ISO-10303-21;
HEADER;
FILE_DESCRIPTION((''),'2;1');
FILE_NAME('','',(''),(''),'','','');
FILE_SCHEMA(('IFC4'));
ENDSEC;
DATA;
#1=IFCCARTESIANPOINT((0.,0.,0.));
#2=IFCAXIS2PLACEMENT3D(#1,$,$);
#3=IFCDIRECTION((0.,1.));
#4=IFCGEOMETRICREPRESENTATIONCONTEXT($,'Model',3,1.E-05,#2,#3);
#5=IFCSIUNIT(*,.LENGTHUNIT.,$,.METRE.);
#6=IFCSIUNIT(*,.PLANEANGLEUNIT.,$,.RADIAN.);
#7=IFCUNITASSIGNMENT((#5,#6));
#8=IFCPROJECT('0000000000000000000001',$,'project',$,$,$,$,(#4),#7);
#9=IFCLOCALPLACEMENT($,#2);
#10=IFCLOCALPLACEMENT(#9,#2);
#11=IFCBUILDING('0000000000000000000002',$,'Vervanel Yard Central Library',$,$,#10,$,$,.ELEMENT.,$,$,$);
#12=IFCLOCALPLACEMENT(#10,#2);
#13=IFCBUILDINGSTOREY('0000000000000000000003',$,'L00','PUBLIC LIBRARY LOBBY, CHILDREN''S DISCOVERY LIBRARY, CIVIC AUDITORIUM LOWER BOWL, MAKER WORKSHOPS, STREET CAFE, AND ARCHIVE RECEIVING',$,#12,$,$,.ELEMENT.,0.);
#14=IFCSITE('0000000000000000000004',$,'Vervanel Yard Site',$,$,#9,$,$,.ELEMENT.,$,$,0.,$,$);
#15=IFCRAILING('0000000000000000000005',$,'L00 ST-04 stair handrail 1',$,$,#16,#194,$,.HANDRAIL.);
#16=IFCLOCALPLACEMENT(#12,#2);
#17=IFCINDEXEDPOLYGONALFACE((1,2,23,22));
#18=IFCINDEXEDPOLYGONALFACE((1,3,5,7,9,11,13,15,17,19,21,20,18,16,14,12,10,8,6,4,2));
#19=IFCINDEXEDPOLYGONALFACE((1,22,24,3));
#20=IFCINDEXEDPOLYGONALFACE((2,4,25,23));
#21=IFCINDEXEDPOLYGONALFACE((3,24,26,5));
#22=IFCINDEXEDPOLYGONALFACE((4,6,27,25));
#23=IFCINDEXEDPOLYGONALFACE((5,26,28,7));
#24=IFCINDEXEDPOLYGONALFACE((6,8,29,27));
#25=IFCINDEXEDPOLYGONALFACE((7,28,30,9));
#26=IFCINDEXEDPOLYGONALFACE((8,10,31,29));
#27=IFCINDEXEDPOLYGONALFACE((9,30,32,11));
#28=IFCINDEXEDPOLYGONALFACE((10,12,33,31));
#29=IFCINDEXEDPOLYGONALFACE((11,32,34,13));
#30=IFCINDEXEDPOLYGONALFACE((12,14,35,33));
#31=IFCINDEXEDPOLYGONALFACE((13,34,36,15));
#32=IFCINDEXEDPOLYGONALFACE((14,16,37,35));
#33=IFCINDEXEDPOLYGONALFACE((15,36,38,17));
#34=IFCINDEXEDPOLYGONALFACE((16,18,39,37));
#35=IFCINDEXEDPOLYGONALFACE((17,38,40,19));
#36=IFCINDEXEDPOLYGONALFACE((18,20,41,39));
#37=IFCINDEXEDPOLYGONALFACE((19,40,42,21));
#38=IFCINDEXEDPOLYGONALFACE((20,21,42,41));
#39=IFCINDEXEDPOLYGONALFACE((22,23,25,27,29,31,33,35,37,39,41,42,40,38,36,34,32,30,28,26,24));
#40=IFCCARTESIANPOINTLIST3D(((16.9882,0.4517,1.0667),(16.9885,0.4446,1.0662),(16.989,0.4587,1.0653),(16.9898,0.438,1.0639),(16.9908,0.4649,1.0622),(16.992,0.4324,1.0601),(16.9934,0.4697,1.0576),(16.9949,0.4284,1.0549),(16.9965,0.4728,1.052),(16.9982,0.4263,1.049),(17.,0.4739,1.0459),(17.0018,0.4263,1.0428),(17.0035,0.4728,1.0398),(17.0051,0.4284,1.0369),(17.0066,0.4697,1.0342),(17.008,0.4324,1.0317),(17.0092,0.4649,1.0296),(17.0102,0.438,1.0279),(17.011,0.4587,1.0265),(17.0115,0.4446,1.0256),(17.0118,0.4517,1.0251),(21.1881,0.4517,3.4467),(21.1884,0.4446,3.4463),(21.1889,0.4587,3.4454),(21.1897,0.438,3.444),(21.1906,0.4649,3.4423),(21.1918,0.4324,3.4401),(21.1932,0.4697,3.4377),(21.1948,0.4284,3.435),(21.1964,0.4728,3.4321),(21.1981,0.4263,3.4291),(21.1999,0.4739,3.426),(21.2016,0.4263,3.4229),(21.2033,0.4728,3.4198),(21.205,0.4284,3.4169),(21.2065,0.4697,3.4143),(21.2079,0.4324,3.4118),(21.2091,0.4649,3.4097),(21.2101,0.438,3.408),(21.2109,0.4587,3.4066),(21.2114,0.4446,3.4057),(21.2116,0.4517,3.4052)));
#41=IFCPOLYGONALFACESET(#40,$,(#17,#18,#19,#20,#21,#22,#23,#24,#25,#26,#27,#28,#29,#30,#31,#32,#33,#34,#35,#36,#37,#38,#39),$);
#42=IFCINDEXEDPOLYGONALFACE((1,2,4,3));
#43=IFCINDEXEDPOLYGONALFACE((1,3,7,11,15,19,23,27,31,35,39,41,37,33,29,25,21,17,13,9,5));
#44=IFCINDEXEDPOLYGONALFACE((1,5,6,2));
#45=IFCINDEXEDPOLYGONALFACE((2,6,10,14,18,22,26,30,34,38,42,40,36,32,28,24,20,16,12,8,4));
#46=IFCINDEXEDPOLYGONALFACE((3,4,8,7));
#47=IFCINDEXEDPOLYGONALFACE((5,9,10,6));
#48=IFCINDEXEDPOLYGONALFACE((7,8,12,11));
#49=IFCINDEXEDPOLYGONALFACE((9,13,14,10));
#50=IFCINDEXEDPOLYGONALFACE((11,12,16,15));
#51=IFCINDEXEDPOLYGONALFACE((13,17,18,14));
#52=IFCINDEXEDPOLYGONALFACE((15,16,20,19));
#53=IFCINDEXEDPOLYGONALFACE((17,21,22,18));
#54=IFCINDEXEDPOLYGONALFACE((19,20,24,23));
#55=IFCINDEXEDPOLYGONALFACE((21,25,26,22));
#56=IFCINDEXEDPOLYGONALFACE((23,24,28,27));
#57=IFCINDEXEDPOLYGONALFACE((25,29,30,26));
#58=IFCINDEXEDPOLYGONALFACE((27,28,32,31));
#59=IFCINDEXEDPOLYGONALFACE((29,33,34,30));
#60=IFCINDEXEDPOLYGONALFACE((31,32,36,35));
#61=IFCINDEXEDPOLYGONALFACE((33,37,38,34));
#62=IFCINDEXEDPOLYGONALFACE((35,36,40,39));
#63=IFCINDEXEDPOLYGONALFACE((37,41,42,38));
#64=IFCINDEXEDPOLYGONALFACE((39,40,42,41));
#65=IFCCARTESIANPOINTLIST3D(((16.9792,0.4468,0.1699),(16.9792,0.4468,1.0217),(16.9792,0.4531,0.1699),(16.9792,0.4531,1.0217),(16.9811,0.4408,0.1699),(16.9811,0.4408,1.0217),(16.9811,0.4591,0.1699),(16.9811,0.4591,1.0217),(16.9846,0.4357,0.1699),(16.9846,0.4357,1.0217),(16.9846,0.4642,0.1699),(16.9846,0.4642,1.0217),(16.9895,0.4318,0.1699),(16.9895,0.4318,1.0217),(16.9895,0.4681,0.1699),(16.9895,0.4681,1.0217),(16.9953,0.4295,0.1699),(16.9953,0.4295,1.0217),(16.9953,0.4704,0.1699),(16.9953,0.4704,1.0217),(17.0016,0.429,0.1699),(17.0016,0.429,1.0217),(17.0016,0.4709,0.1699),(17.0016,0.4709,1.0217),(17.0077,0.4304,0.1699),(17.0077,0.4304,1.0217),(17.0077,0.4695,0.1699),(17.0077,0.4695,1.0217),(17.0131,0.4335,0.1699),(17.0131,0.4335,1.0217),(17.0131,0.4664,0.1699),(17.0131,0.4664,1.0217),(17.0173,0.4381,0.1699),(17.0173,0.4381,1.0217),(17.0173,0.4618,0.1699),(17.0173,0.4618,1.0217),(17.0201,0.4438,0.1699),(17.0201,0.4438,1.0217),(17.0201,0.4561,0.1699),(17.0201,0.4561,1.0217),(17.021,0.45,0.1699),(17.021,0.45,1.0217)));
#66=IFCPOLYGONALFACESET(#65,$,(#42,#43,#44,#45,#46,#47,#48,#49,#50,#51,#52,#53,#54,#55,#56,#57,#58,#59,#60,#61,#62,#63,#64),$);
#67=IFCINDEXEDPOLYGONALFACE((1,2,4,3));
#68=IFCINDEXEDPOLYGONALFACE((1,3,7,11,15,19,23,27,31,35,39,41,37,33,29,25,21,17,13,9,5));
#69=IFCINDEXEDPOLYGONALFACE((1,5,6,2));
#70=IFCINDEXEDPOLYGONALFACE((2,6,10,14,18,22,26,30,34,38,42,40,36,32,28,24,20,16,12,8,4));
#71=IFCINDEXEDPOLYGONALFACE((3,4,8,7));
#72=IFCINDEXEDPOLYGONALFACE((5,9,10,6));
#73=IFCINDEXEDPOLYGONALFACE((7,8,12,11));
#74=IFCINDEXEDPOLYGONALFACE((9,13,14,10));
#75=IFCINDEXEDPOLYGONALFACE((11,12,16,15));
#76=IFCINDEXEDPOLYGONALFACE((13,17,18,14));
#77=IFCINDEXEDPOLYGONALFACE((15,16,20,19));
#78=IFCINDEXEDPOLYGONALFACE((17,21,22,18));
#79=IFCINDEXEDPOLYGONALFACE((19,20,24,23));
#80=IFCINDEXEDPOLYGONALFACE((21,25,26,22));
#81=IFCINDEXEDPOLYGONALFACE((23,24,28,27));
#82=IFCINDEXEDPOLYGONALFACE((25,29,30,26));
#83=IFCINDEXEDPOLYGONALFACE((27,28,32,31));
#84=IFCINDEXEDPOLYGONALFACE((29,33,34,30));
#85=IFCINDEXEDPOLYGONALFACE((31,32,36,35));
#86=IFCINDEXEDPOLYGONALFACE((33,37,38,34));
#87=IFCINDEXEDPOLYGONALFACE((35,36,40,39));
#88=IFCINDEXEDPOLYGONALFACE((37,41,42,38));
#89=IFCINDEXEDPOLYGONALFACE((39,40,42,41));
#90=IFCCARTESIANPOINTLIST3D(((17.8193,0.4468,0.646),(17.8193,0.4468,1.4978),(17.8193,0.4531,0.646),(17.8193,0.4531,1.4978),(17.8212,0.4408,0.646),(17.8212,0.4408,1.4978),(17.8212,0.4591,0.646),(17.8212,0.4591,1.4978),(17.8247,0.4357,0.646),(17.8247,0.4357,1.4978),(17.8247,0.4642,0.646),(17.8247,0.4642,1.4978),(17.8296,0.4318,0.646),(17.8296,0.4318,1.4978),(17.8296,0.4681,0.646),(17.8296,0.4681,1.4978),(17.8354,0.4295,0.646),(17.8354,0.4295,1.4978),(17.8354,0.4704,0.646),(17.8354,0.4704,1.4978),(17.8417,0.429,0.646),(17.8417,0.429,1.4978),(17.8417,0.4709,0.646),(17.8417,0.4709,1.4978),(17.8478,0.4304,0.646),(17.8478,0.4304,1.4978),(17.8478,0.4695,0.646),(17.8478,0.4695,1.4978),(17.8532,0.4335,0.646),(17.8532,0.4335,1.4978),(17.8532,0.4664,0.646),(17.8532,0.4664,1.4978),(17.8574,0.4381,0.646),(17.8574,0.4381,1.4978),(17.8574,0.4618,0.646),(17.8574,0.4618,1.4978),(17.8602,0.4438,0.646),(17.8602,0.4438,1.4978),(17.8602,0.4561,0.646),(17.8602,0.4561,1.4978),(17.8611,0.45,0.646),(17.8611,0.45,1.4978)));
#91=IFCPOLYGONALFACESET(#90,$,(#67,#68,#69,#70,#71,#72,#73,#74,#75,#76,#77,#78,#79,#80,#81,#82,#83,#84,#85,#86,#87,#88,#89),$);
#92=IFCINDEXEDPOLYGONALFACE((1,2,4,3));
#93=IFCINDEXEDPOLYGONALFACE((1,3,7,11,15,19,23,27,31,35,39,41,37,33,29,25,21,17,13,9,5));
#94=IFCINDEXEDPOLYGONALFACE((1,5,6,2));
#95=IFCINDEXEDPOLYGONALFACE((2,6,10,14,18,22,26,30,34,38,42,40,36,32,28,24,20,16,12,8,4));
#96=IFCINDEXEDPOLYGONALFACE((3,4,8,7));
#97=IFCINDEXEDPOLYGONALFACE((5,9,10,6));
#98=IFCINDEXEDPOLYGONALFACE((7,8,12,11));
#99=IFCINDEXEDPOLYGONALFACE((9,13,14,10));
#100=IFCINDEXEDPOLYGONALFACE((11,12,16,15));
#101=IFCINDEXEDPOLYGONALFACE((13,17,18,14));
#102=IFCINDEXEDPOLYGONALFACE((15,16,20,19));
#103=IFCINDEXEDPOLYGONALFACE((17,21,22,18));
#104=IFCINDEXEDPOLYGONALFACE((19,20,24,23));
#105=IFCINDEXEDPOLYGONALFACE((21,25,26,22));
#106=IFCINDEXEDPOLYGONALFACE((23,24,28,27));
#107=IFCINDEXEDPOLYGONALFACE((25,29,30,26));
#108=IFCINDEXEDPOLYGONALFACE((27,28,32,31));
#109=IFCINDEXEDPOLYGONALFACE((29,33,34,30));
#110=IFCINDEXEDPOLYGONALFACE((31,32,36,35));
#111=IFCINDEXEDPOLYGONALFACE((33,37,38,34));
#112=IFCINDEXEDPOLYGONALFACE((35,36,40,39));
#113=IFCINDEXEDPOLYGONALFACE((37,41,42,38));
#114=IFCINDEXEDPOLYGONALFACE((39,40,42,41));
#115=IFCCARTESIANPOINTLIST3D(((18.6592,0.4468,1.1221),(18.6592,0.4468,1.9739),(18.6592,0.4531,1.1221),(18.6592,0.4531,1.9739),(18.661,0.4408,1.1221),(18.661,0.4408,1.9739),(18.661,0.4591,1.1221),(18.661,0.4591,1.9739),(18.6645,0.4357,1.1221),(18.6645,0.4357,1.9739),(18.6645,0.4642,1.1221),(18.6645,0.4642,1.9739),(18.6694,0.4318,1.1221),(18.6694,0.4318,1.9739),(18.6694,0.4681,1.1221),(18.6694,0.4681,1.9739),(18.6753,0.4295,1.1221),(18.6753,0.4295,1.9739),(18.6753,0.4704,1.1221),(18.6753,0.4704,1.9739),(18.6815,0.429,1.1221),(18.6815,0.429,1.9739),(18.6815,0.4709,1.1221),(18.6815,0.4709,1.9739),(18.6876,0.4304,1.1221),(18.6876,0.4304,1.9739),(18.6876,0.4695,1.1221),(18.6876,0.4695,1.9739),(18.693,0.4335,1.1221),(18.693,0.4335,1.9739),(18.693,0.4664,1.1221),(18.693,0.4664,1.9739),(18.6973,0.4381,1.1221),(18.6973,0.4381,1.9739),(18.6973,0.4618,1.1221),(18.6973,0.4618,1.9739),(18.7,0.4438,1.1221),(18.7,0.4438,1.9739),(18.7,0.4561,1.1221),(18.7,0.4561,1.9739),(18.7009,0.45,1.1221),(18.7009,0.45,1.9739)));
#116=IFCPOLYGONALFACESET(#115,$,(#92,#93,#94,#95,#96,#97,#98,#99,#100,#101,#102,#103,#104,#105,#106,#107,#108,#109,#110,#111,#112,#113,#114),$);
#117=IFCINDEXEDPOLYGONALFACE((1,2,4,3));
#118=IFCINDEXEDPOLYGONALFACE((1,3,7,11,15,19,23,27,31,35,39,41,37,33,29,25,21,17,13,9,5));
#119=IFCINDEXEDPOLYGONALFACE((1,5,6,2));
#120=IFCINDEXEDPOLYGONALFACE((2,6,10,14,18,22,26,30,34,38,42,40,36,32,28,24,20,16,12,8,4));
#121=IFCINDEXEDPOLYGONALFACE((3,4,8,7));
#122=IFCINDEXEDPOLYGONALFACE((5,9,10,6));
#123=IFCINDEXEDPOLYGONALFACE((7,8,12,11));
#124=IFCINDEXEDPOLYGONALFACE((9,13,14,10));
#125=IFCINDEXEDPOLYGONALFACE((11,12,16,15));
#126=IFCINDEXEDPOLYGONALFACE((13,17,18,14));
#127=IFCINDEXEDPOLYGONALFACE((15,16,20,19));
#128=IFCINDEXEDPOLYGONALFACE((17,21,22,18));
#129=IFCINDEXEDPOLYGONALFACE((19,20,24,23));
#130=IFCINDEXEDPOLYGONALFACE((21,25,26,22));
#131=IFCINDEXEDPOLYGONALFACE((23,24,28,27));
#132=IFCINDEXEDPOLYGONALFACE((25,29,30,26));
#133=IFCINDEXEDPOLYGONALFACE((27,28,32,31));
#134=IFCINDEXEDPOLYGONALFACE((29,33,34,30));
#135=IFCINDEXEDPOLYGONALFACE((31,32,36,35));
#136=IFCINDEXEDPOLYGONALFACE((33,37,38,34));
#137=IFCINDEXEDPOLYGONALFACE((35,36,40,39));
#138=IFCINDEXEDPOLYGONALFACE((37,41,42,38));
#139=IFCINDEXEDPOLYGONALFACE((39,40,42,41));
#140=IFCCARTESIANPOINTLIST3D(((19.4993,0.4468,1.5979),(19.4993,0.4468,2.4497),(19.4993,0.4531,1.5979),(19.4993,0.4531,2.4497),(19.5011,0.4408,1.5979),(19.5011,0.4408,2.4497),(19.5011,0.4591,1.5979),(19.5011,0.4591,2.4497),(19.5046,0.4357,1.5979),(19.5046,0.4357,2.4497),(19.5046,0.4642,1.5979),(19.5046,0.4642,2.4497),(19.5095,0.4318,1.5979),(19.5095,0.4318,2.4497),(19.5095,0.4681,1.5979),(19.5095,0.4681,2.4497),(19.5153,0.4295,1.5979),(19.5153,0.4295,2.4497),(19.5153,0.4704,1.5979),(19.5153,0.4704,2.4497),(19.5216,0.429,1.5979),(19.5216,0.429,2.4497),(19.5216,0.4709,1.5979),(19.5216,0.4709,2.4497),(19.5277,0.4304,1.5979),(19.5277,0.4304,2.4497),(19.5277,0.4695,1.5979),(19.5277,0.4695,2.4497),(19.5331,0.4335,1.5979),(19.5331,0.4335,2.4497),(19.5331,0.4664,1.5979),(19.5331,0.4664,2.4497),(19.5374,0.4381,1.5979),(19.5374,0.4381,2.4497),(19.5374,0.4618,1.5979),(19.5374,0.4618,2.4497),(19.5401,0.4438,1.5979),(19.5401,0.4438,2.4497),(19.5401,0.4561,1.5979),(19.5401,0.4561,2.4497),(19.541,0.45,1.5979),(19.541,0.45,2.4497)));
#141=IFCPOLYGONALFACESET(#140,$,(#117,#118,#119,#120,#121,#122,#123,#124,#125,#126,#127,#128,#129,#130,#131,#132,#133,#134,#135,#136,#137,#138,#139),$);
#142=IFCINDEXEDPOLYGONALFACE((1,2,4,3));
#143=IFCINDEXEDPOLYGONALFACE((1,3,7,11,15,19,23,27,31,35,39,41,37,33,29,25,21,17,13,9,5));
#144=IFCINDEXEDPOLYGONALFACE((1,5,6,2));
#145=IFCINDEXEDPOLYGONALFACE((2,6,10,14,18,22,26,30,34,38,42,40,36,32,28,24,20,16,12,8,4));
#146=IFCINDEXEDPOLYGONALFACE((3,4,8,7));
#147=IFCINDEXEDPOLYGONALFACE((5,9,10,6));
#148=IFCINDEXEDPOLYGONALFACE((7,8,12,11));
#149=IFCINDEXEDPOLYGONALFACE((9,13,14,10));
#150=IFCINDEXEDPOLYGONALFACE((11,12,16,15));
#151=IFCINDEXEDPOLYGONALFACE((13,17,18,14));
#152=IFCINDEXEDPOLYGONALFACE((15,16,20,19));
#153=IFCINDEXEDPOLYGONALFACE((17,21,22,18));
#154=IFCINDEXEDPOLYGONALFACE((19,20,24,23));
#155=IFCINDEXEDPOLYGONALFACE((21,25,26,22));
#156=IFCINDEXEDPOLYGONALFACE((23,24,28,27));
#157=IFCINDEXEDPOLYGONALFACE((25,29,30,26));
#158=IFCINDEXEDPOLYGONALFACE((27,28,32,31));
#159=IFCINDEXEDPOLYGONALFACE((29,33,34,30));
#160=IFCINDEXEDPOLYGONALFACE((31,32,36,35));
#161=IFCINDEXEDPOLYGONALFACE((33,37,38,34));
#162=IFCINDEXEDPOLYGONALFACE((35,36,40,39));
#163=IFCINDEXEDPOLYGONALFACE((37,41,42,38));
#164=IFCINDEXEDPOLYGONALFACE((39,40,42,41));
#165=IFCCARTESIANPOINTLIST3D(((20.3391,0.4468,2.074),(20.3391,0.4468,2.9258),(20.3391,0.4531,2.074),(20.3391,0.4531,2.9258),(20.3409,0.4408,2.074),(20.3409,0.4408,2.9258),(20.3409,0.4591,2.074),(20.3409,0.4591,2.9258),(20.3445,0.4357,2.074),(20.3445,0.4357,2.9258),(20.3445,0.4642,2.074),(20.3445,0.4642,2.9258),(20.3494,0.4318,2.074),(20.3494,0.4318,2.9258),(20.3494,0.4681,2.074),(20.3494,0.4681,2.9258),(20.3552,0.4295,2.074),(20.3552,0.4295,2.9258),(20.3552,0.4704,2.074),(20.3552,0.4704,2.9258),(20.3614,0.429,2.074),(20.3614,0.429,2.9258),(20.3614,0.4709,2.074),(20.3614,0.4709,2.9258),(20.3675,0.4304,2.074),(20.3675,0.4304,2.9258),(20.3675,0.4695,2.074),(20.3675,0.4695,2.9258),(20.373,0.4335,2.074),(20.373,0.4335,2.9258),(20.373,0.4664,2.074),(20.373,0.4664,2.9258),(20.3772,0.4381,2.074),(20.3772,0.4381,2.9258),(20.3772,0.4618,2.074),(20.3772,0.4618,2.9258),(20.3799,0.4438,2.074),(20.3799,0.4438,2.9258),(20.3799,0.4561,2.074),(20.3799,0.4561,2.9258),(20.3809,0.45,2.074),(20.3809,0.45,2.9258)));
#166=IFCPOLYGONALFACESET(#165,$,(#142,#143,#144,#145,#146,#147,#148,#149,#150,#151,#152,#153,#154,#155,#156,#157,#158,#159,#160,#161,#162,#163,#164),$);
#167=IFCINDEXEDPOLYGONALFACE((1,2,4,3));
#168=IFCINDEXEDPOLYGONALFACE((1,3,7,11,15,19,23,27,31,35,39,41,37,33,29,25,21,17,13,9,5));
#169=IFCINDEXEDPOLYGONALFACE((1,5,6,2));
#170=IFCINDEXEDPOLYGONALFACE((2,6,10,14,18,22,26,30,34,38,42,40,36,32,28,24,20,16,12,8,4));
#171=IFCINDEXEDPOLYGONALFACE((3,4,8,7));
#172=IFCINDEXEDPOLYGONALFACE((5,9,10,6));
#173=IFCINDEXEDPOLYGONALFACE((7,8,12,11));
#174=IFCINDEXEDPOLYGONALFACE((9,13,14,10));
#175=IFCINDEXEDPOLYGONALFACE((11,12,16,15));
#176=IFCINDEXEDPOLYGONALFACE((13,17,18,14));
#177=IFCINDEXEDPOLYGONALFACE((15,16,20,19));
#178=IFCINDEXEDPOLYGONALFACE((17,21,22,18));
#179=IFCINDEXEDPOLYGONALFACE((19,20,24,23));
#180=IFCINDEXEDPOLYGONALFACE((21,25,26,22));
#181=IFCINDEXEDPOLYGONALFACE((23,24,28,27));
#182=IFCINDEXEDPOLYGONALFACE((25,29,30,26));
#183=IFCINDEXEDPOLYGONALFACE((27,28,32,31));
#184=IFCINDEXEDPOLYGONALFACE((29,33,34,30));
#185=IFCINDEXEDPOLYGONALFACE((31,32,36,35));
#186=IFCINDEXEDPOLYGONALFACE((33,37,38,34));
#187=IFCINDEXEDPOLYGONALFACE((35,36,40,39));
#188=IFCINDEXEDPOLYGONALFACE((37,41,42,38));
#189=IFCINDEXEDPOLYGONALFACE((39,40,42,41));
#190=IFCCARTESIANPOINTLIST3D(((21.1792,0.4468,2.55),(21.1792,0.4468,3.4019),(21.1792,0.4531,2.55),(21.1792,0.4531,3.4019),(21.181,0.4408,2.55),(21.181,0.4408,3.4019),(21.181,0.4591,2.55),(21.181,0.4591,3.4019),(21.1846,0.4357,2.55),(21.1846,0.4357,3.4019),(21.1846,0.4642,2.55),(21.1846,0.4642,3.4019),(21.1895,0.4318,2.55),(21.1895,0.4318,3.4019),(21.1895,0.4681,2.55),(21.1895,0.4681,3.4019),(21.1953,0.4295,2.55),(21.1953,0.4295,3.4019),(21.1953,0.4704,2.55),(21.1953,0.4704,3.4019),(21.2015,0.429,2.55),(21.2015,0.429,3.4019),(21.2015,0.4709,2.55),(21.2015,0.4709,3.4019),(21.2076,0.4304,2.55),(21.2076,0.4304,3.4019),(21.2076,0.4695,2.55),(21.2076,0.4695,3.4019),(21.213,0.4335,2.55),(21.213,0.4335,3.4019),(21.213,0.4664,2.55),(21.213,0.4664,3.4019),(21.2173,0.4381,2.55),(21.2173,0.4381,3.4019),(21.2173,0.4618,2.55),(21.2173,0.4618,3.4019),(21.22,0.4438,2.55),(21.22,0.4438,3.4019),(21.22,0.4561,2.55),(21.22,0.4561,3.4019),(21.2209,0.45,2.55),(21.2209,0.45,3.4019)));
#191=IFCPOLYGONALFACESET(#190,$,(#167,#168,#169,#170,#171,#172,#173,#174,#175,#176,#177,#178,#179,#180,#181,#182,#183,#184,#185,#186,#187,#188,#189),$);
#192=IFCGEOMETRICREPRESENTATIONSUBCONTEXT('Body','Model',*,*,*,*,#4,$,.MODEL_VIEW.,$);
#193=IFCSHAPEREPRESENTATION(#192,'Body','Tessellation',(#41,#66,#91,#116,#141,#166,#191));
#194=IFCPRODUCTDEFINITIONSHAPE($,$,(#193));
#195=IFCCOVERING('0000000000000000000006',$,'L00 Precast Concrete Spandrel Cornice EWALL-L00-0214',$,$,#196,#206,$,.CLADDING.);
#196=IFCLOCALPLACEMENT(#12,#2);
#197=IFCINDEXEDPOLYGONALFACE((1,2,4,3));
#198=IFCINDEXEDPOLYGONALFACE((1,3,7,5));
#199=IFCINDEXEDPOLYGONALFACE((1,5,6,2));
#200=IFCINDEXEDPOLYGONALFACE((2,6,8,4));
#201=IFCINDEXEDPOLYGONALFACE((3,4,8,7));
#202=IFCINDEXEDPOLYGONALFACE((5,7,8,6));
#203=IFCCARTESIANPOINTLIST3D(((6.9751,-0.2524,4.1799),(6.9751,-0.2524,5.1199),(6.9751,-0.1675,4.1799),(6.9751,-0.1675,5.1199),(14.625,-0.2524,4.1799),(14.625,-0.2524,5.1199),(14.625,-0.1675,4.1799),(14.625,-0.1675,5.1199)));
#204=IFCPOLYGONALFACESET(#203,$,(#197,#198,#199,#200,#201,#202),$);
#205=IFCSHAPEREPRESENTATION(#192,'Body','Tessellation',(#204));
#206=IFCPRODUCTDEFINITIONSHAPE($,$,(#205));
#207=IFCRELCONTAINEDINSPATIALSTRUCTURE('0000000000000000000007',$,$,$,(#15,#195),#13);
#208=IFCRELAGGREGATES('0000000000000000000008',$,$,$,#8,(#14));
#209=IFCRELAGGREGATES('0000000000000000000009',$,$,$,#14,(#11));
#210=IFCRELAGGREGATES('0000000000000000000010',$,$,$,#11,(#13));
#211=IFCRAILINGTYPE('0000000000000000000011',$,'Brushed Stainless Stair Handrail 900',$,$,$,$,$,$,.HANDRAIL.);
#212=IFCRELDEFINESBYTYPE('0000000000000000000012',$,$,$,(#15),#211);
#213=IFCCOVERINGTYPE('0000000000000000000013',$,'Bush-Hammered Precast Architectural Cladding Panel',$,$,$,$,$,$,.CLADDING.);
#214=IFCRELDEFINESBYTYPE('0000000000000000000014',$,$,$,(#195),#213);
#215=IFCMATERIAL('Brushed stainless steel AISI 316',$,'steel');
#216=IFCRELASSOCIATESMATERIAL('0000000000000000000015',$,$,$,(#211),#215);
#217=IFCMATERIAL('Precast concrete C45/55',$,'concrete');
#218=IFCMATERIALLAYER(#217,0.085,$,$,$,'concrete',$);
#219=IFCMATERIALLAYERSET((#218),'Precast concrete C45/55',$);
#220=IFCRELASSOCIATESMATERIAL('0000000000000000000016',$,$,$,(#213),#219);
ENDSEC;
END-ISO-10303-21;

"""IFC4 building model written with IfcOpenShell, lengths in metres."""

from ifc_helpers import new_model, si_unit, direction, frame, origin, origin_2d, place, context, subcontext, project, spatial, rectangle, circle, extrude, material, layer, layer_set, type_object, element, save


model = new_model("IFC4")

# Units and contexts
model_context = context("Model", 3, precision=1e-05, world=origin(), true_north=direction((0.0, 1.0)))
body_context = subcontext(model_context, "Body", "Model", "MODEL_VIEW")
ifc_project = project(units=[si_unit("LENGTHUNIT", "METRE"), si_unit("PLANEANGLEUNIT", "RADIAN")], contexts=[model_context])

# Site, building, storey
site_placement = place(None, origin())
site = spatial("IfcSite", under=ifc_project, at=site_placement, Name="Vervanel Yard Site", CompositionType="ELEMENT", RefElevation=0.0)
building_placement = place(site_placement, origin())
building = spatial("IfcBuilding", under=site, at=building_placement, Name="Vervanel Yard Central Library", CompositionType="ELEMENT")
storey_placement = place(building_placement, origin())
storey = spatial("IfcBuildingStorey", under=building, at=storey_placement, Name="L00", Description="PUBLIC LIBRARY LOBBY, CHILDREN'S DISCOVERY LIBRARY, CIVIC AUDITORIUM LOWER BOWL, MAKER WORKSHOPS, STREET CAFE, AND ARCHIVE RECEIVING", CompositionType="ELEMENT", Elevation=0.0)

# Railing
ifc_material_1 = material(Name="Brushed stainless steel AISI 316", Category="steel")
railing_type_1 = type_object("IfcRailingType", Name="Brushed Stainless Stair Handrail 900", PredefinedType="HANDRAIL", material=ifc_material_1)
railing_1_placement = place(storey_placement, frame((17.0, 0.45, 0.1699)))
element("IfcRailing", 1, at=railing_1_placement, inside=storey, type_object=railing_type_1, Name="L00 ST-04 stair handrail 1", PredefinedType="HANDRAIL", context=body_context, shape_type="SweptSolid", body=[
    extrude(circle(Radius=0.0239, at=origin_2d()), frame((0.0, 0.0, 0.876), z_axis=(0.870008, 0.0, 0.493037), x_axis=(0.0, 1.0, 0.0)), (0.0, 0.0, 1.0), 4.8274),
    extrude(circle(Radius=0.021, at=origin_2d()), origin(), (0.0, 0.0, 1.0), 0.8518),
    extrude(circle(Radius=0.021, at=origin_2d()), frame((0.8401, 0.0, 0.4761)), (0.0, 0.0, 1.0), 0.8518),
    extrude(circle(Radius=0.021, at=origin_2d()), frame((1.6799, 0.0, 0.9521)), (0.0, 0.0, 1.0), 0.8518),
    extrude(circle(Radius=0.021, at=origin_2d()), frame((2.52, 0.0, 1.428)), (0.0, 0.0, 1.0), 0.8518),
    extrude(circle(Radius=0.021, at=origin_2d()), frame((3.3599, 0.0, 1.9041)), (0.0, 0.0, 1.0), 0.8518),
    extrude(circle(Radius=0.021, at=origin_2d()), frame((4.2, 0.0, 2.3801)), (0.0, 0.0, 1.0), 0.8518),
])

# Covering
ifc_material_2 = material(Name="Precast concrete C45/55", Category="concrete")
ifc_layer_1 = layer(ifc_material_2, 0.085, Category="concrete")
ifc_layer_set_1 = layer_set([ifc_layer_1], Name="Precast concrete C45/55")
covering_type = type_object("IfcCoveringType", Name="Bush-Hammered Precast Architectural Cladding Panel", PredefinedType="CLADDING", material=ifc_layer_set_1)
covering_1_placement = place(storey_placement, frame((10.8, -0.21, 4.1799), z_axis=(0.0, 0.0, 1.0), x_axis=(1.0, 0.0, 0.0)))
element("IfcCovering", 2, at=covering_1_placement, inside=storey, type_object=covering_type, Name="L00 Precast Concrete Spandrel Cornice EWALL-L00-0214", PredefinedType="CLADDING", context=body_context, shape_type="SweptSolid", body=[
    extrude(rectangle(XDim=7.6499, YDim=0.085, at=origin_2d()), origin(), (0.0, 0.0, 1.0), 0.9399),
])

save(model, "model.ifc")
